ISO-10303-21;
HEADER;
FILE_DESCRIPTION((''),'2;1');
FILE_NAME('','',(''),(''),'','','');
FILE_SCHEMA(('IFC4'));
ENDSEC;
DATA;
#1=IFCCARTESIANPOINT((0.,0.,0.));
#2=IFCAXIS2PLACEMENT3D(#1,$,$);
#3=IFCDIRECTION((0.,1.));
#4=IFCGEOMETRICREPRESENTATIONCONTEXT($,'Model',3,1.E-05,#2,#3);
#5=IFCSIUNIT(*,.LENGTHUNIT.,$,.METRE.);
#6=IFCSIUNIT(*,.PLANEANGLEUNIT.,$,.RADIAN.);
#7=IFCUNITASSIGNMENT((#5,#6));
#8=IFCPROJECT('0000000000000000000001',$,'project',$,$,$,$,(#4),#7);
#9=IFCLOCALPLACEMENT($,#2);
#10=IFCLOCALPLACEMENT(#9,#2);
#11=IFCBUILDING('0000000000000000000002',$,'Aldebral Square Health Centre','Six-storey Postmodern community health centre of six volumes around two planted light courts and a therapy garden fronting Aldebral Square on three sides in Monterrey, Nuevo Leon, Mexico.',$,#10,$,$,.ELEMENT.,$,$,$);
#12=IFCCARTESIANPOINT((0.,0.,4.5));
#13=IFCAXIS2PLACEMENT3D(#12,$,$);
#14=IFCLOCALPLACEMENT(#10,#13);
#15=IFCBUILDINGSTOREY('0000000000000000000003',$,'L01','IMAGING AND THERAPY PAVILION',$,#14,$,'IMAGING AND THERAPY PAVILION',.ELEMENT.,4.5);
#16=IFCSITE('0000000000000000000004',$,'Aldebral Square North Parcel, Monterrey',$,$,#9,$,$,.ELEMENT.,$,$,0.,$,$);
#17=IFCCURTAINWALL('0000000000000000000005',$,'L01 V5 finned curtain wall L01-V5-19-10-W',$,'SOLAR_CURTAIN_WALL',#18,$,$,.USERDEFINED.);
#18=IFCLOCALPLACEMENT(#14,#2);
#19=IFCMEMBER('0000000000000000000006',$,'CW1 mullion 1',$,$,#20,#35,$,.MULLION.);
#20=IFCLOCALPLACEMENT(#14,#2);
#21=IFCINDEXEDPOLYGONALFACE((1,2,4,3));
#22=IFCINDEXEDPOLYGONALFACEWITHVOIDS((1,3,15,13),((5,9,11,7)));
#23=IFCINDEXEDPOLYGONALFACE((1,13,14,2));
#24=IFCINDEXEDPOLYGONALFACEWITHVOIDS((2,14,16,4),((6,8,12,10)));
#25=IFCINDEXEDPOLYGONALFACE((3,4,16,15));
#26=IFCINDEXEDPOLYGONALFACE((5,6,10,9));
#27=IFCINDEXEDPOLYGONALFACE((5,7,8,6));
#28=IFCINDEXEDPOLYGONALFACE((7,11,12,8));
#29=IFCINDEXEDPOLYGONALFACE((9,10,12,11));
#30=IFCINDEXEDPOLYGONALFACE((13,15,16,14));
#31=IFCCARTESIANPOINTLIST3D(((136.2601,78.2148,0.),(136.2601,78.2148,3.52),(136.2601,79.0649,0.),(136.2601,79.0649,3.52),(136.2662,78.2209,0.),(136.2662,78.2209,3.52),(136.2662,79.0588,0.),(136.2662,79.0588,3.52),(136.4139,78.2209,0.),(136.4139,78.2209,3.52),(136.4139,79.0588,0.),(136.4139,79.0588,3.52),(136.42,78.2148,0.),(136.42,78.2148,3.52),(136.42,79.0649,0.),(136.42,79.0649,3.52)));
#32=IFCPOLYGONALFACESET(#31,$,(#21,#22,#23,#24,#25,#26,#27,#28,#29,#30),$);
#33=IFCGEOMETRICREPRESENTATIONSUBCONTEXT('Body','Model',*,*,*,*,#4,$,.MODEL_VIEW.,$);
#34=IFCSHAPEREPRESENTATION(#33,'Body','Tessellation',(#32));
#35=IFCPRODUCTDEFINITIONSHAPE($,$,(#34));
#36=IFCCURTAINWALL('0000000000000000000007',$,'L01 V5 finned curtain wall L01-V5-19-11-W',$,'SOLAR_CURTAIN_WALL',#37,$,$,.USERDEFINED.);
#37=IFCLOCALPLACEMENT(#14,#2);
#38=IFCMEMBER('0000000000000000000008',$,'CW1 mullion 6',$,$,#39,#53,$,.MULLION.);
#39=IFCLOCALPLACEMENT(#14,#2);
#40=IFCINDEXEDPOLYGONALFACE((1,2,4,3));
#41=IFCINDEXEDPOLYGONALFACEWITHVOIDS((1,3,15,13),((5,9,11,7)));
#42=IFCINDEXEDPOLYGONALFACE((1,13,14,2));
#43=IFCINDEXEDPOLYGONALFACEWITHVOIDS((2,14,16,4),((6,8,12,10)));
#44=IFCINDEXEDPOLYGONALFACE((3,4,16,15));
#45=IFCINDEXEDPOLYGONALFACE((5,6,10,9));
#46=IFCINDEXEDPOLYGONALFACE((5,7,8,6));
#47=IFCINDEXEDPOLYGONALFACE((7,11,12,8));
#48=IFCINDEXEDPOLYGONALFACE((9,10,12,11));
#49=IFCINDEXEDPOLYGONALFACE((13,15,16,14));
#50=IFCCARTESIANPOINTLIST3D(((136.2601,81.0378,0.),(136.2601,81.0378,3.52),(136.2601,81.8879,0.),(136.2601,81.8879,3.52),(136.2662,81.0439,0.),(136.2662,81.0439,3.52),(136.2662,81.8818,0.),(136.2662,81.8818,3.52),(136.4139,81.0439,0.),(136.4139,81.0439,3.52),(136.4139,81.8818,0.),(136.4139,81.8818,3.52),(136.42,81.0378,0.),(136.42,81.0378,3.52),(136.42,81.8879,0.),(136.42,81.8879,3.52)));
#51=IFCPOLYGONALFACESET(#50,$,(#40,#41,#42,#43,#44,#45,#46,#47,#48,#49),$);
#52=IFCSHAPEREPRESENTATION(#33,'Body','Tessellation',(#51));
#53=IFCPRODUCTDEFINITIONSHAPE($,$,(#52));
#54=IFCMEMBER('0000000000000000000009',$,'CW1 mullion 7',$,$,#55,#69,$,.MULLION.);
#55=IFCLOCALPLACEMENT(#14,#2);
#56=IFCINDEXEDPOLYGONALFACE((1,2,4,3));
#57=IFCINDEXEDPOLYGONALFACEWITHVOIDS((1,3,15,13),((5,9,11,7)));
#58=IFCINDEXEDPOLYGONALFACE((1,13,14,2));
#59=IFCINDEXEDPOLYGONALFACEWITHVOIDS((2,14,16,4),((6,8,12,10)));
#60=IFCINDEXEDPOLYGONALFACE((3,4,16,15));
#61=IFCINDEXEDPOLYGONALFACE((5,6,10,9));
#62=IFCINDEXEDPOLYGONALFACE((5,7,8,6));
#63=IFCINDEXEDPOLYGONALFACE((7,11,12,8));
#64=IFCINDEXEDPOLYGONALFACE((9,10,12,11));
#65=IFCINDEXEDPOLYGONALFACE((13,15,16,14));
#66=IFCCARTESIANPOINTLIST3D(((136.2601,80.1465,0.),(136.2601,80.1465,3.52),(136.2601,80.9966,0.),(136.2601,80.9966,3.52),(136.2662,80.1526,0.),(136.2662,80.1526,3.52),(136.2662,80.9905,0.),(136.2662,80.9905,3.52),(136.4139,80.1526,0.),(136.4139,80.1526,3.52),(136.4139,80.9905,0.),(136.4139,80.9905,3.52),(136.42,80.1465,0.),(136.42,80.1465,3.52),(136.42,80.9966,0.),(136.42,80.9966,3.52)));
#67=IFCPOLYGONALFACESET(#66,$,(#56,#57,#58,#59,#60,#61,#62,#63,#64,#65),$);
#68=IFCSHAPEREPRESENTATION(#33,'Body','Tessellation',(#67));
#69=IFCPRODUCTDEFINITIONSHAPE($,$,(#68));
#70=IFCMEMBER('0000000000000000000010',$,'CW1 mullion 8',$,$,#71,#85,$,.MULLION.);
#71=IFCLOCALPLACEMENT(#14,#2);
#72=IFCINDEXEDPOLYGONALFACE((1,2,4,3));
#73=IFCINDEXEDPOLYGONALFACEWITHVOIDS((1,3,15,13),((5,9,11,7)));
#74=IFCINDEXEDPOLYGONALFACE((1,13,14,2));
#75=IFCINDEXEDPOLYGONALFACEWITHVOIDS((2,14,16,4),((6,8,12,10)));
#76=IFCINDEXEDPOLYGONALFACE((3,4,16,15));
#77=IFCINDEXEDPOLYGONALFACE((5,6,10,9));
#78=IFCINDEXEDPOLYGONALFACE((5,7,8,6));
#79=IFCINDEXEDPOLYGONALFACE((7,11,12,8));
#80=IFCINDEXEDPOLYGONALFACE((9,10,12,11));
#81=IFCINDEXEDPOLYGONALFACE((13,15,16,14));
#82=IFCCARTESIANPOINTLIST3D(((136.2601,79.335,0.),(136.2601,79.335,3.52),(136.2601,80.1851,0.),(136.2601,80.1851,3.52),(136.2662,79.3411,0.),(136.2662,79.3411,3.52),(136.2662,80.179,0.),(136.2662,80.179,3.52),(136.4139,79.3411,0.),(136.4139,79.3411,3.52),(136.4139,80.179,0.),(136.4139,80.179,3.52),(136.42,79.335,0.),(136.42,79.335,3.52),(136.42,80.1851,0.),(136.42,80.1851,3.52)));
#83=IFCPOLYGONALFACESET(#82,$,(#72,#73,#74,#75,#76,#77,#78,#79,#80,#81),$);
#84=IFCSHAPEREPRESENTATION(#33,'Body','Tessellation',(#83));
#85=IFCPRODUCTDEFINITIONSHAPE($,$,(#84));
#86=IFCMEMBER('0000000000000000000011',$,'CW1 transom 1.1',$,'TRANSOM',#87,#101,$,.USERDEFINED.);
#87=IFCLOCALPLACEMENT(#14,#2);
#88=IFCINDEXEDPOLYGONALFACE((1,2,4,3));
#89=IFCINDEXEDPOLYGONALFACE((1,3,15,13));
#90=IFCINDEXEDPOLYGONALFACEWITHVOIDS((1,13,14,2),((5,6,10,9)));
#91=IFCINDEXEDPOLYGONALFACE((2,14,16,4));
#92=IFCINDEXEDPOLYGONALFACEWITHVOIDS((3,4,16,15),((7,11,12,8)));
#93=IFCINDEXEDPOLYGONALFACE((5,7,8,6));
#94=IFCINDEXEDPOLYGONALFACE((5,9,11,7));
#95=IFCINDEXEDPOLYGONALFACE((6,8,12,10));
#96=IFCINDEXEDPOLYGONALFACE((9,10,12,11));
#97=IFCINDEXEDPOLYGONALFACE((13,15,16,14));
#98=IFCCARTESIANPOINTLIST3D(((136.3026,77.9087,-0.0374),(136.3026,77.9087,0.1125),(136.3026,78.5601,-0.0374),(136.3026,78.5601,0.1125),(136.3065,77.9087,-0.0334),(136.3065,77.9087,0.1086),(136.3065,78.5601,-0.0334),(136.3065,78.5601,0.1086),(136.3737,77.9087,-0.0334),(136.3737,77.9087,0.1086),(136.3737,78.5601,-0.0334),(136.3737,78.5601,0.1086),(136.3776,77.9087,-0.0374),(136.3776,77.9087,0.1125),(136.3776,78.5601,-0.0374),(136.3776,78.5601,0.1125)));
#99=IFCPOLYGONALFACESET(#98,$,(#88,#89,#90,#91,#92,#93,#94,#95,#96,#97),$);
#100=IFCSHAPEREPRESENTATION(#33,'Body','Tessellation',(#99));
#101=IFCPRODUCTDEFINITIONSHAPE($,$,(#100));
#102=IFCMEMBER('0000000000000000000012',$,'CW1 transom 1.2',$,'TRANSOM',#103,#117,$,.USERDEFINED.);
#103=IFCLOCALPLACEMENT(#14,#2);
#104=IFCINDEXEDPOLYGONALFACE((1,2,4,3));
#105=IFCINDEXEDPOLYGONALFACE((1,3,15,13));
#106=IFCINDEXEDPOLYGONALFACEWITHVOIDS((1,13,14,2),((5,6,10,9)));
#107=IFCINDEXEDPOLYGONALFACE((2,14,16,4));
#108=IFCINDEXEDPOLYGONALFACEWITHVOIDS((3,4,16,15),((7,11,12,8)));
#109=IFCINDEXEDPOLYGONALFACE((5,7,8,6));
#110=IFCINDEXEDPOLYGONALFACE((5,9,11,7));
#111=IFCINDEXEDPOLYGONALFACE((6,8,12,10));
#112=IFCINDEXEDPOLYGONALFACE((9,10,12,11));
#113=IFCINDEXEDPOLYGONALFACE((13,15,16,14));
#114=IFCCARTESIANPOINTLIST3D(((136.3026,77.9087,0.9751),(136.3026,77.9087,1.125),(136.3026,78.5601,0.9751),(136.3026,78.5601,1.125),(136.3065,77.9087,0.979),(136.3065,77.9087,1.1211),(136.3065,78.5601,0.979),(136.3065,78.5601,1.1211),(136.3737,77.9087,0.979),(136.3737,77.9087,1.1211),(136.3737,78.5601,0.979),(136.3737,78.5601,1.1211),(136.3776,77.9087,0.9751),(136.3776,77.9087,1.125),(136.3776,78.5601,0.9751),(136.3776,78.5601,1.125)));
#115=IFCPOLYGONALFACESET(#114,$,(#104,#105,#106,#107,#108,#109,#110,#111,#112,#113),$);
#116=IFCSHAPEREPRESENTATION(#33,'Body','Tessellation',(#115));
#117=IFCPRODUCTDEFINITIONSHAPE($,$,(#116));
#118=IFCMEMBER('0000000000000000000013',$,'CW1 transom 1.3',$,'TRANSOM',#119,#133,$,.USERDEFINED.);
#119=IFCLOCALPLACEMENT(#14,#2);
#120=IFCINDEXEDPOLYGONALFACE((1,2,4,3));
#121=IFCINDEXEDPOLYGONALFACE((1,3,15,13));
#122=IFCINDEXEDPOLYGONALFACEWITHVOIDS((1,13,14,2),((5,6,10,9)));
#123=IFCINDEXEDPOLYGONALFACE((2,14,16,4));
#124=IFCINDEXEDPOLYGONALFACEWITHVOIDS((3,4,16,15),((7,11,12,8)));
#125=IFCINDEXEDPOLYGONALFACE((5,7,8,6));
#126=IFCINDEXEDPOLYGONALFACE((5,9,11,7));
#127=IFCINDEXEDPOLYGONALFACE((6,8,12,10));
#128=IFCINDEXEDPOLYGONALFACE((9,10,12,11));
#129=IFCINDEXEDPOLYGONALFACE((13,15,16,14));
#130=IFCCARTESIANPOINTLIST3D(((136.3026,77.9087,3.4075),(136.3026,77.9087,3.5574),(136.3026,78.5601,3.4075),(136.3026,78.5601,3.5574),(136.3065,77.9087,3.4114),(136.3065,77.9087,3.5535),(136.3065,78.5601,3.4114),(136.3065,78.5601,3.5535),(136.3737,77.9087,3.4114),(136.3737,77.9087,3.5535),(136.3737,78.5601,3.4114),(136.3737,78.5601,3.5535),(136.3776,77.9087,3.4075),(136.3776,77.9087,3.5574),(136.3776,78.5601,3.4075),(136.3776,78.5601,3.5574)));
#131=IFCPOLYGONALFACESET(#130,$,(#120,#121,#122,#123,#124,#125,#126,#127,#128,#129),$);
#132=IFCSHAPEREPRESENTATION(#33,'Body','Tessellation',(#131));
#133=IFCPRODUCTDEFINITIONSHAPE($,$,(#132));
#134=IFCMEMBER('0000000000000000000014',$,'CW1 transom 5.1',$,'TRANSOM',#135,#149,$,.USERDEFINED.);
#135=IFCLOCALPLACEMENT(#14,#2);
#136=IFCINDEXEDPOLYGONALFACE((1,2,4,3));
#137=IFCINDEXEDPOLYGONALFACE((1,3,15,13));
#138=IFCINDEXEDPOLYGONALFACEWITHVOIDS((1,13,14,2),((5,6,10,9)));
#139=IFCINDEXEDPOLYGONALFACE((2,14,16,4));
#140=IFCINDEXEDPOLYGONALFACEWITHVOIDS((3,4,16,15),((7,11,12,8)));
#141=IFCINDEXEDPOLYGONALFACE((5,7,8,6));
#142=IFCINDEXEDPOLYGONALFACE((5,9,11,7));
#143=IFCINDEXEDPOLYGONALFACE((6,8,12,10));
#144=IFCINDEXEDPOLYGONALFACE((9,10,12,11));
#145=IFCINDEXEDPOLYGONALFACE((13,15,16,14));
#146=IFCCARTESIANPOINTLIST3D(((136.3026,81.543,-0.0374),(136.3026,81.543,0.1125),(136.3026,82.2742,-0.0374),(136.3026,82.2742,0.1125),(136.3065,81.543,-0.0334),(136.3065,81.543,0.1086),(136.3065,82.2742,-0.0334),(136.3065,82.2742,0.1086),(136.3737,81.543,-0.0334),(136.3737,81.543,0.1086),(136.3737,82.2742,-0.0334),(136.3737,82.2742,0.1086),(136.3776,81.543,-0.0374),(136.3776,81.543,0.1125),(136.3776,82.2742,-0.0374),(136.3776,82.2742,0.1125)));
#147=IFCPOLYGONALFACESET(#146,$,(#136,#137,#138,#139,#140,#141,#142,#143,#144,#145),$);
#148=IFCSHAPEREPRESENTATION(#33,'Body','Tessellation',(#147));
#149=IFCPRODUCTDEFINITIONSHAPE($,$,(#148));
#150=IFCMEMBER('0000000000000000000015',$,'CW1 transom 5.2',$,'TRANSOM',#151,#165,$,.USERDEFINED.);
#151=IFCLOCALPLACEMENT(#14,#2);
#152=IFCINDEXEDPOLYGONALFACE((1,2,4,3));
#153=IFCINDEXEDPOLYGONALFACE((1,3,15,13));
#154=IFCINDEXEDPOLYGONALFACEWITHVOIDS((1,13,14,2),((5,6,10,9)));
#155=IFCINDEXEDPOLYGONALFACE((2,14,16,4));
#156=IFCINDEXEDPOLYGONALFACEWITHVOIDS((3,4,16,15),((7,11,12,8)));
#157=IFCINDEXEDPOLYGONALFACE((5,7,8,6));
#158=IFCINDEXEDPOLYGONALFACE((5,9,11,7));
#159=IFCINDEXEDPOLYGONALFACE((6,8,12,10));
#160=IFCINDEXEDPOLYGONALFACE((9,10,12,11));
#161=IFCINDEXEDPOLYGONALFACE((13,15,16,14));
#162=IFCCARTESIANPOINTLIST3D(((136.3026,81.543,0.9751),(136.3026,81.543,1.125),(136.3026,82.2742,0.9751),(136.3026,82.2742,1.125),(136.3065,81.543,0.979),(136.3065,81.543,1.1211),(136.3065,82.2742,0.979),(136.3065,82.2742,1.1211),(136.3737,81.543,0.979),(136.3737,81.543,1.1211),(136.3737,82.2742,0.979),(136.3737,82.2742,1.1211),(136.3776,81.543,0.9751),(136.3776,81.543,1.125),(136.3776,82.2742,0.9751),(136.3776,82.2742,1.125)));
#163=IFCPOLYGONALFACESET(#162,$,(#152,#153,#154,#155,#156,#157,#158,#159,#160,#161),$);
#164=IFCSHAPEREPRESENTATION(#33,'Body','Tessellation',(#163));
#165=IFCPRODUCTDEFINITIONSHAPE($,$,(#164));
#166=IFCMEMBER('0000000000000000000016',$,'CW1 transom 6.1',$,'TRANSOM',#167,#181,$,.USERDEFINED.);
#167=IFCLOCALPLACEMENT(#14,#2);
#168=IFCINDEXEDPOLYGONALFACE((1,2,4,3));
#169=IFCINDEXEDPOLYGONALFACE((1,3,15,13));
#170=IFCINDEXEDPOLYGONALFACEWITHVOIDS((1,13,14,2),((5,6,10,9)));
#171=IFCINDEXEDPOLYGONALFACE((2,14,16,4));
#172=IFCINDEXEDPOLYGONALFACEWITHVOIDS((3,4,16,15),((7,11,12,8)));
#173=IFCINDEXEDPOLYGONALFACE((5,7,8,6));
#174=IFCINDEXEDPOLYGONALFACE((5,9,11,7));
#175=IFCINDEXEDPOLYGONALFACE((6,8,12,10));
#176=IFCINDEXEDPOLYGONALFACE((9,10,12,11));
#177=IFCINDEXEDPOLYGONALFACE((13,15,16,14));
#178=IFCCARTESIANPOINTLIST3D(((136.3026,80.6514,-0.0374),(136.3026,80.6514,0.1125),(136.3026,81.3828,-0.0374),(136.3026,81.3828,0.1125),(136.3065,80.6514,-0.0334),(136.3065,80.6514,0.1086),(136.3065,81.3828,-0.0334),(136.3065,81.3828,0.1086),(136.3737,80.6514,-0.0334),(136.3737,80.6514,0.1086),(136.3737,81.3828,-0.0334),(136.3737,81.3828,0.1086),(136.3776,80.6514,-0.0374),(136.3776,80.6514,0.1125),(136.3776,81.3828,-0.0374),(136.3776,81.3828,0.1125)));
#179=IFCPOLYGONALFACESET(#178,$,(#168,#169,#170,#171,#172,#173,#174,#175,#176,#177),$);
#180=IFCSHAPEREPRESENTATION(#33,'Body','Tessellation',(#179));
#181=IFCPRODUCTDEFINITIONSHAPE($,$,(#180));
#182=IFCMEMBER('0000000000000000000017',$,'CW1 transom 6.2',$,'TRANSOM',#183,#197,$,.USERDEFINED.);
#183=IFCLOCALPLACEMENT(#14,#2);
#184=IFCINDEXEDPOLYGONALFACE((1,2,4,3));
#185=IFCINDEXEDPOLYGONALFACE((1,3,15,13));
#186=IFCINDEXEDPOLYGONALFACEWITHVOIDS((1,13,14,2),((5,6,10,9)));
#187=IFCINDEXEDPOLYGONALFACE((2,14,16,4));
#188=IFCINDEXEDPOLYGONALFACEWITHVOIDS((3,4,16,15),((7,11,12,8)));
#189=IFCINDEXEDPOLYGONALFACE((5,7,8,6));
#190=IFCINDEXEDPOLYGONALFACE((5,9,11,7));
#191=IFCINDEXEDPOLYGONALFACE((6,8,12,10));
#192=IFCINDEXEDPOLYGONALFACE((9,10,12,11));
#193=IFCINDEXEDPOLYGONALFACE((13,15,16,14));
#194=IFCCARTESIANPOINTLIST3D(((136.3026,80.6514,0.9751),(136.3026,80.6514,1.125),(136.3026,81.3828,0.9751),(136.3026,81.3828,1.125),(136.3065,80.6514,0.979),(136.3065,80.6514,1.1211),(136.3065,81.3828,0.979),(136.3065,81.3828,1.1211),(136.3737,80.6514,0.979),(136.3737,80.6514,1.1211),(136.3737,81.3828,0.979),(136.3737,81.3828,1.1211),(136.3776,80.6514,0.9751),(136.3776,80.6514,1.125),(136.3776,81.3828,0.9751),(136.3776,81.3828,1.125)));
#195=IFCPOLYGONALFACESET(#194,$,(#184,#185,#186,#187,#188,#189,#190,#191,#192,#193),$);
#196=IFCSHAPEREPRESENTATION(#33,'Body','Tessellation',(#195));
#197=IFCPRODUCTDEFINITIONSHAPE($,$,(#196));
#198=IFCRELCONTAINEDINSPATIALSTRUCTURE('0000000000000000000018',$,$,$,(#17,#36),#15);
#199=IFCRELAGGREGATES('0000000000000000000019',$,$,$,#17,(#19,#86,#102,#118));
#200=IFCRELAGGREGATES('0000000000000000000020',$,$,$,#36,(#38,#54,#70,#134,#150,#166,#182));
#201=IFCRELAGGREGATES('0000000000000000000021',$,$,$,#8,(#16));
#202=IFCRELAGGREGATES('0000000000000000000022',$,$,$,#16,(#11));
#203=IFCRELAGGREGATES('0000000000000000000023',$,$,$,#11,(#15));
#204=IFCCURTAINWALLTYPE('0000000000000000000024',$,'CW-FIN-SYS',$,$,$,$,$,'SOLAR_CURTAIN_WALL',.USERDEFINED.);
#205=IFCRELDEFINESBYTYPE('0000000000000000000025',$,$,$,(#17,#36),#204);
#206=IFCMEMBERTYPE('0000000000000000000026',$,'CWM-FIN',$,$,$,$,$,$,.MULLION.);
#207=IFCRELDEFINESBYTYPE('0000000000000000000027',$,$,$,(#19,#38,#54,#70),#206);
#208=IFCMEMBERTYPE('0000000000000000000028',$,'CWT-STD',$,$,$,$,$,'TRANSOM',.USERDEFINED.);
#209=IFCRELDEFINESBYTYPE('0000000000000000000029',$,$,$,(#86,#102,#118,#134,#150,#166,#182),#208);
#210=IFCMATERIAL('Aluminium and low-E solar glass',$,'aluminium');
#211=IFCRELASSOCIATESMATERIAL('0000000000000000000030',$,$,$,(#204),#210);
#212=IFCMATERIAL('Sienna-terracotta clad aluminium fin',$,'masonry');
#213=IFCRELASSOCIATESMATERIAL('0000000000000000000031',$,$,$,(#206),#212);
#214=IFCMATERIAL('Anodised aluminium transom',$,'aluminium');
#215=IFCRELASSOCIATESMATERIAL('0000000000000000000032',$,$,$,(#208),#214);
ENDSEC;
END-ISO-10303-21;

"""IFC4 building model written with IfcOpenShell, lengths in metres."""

from ifc_helpers import new_model, si_unit, direction, frame, origin, origin_2d, place, context, subcontext, project, spatial, hollow_rectangle, extrude, material, material_profile, profile_set, type_object, element, aggregate, save


model = new_model("IFC4")

# Units and contexts
model_context = context("Model", 3, precision=1e-05, world=origin(), true_north=direction((0.0, 1.0)))
body_context = subcontext(model_context, "Body", "Model", "MODEL_VIEW")
ifc_project = project(units=[si_unit("LENGTHUNIT", "METRE"), si_unit("PLANEANGLEUNIT", "RADIAN")], contexts=[model_context])

# Site, building, storey
site_placement = place(None, origin())
site = spatial("IfcSite", under=ifc_project, at=site_placement, Name="Aldebral Square North Parcel, Monterrey", CompositionType="ELEMENT", RefElevation=0.0)
building_placement = place(site_placement, origin())
building = spatial("IfcBuilding", under=site, at=building_placement, Name="Aldebral Square Health Centre", Description="Six-storey Postmodern community health centre of six volumes around two planted light courts and a therapy garden fronting Aldebral Square on three sides in Monterrey, Nuevo Leon, Mexico.", CompositionType="ELEMENT")
storey_placement = place(building_placement, frame((0.0, 0.0, 4.5)))
storey = spatial("IfcBuildingStorey", under=building, at=storey_placement, Name="L01", Description="IMAGING AND THERAPY PAVILION", LongName="IMAGING AND THERAPY PAVILION", CompositionType="ELEMENT", Elevation=4.5)

# Curtain wall, member
ifc_material_1 = material(Name="Aluminium and low-E solar glass", Category="aluminium")
curtain_wall_type = type_object("IfcCurtainWallType", Name="CW-FIN-SYS", ElementType="SOLAR_CURTAIN_WALL", PredefinedType="USERDEFINED", material=ifc_material_1)
curtain_wall_1_placement = place(storey_placement, origin())
curtain_wall_1 = element("IfcCurtainWall", 1, at=curtain_wall_1_placement, inside=storey, type_object=curtain_wall_type, Name="L01 V5 finned curtain wall L01-V5-19-10-W", ObjectType="SOLAR_CURTAIN_WALL", PredefinedType="USERDEFINED")
ifc_material_2 = material(Name="Sienna-terracotta clad aluminium fin", Category="masonry")
ifc_material_profile_1 = material_profile(ifc_material_2, hollow_rectangle(XDim=0.1599, YDim=0.8501, WallThickness=0.0061, at=origin_2d()), Name="FIN 160x850x6")
ifc_profile_set_1 = profile_set([ifc_material_profile_1], Name="Sienna-terracotta clad aluminium fin")
member_type_1 = type_object("IfcMemberType", Name="CWM-FIN", PredefinedType="MULLION", material=ifc_profile_set_1)
member_1_placement = place(storey_placement, frame((136.3401, 78.6399, 0.0), z_axis=(0.0, 0.0, 1.0), x_axis=(1.0, 0.0, 0.0)))
member_1 = element("IfcMember", 2, at=member_1_placement, type_object=member_type_1, Name="CW1 mullion 1", PredefinedType="MULLION", context=body_context, shape_type="SweptSolid", body=[
    extrude(hollow_rectangle(XDim=0.1599, YDim=0.8501, WallThickness=0.0061, at=origin_2d()), origin(), (0.0, 0.0, 1.0), 3.52),
])

# Curtain wall, members
curtain_wall_2_placement = place(storey_placement, origin())
curtain_wall_2 = element("IfcCurtainWall", 3, at=curtain_wall_2_placement, inside=storey, type_object=curtain_wall_type, Name="L01 V5 finned curtain wall L01-V5-19-11-W", ObjectType="SOLAR_CURTAIN_WALL", PredefinedType="USERDEFINED")
member_2_placement = place(storey_placement, frame((136.3401, 81.4629, 0.0), z_axis=(0.0, 0.0, 1.0), x_axis=(1.0, 0.0, 0.0)))
member_2 = element("IfcMember", 4, at=member_2_placement, type_object=member_type_1, Name="CW1 mullion 6", PredefinedType="MULLION", context=body_context, shape_type="SweptSolid", body=[
    extrude(hollow_rectangle(XDim=0.1599, YDim=0.8501, WallThickness=0.0061, at=origin_2d()), origin(), (0.0, 0.0, 1.0), 3.52),
])
member_3_placement = place(storey_placement, frame((136.3401, 80.5715, 0.0), z_axis=(0.0, 0.0, 1.0), x_axis=(1.0, 0.0, 0.0)))
member_3 = element("IfcMember", 5, at=member_3_placement, type_object=member_type_1, Name="CW1 mullion 7", PredefinedType="MULLION", context=body_context, shape_type="SweptSolid", body=[
    extrude(hollow_rectangle(XDim=0.1599, YDim=0.8501, WallThickness=0.0061, at=origin_2d()), origin(), (0.0, 0.0, 1.0), 3.52),
])
member_4_placement = place(storey_placement, frame((136.3401, 79.76, 0.0), z_axis=(0.0, 0.0, 1.0), x_axis=(1.0, 0.0, 0.0)))
member_4 = element("IfcMember", 6, at=member_4_placement, type_object=member_type_1, Name="CW1 mullion 8", PredefinedType="MULLION", context=body_context, shape_type="SweptSolid", body=[
    extrude(hollow_rectangle(XDim=0.1599, YDim=0.8501, WallThickness=0.0061, at=origin_2d()), origin(), (0.0, 0.0, 1.0), 3.52),
])

# Members
ifc_material_3 = material(Name="Anodised aluminium transom", Category="aluminium")
ifc_material_profile_2 = material_profile(ifc_material_3, hollow_rectangle(XDim=0.075, YDim=0.1499, WallThickness=0.0039, at=origin_2d()), Name="CWT 75x150x4")
ifc_profile_set_2 = profile_set([ifc_material_profile_2], Name="Anodised aluminium transom")
member_type_2 = type_object("IfcMemberType", Name="CWT-STD", ElementType="TRANSOM", PredefinedType="USERDEFINED", material=ifc_profile_set_2)
member_5_placement = place(storey_placement, frame((136.3401, 78.5601, 0.0376), z_axis=(0.0, -1.0, 0.0), x_axis=(1.0, 0.0, 0.0)))
member_5 = element("IfcMember", 7, at=member_5_placement, type_object=member_type_2, Name="CW1 transom 1.1", ObjectType="TRANSOM", PredefinedType="USERDEFINED", context=body_context, shape_type="SweptSolid", body=[
    extrude(hollow_rectangle(XDim=0.075, YDim=0.1499, WallThickness=0.0039, at=origin_2d()), origin(), (0.0, 0.0, 1.0), 0.6514),
])
member_6_placement = place(storey_placement, frame((136.3401, 78.5601, 1.05), z_axis=(0.0, -1.0, 0.0), x_axis=(1.0, 0.0, 0.0)))
member_6 = element("IfcMember", 8, at=member_6_placement, type_object=member_type_2, Name="CW1 transom 1.2", ObjectType="TRANSOM", PredefinedType="USERDEFINED", context=body_context, shape_type="SweptSolid", body=[
    extrude(hollow_rectangle(XDim=0.075, YDim=0.1499, WallThickness=0.0039, at=origin_2d()), origin(), (0.0, 0.0, 1.0), 0.6514),
])
member_7_placement = place(storey_placement, frame((136.3401, 78.5601, 3.4824), z_axis=(0.0, -1.0, 0.0), x_axis=(1.0, 0.0, 0.0)))
member_7 = element("IfcMember", 9, at=member_7_placement, type_object=member_type_2, Name="CW1 transom 1.3", ObjectType="TRANSOM", PredefinedType="USERDEFINED", context=body_context, shape_type="SweptSolid", body=[
    extrude(hollow_rectangle(XDim=0.075, YDim=0.1499, WallThickness=0.0039, at=origin_2d()), origin(), (0.0, 0.0, 1.0), 0.6514),
])
aggregate(curtain_wall_1, [member_1, member_5, member_6, member_7])
member_8_placement = place(storey_placement, frame((136.3401, 82.2742, 0.0376), z_axis=(0.0, -1.0, 0.0), x_axis=(1.0, 0.0, 0.0)))
member_8 = element("IfcMember", 10, at=member_8_placement, type_object=member_type_2, Name="CW1 transom 5.1", ObjectType="TRANSOM", PredefinedType="USERDEFINED", context=body_context, shape_type="SweptSolid", body=[
    extrude(hollow_rectangle(XDim=0.075, YDim=0.1499, WallThickness=0.0039, at=origin_2d()), origin(), (0.0, 0.0, 1.0), 0.7312),
])
member_9_placement = place(storey_placement, frame((136.3401, 82.2742, 1.05), z_axis=(0.0, -1.0, 0.0), x_axis=(1.0, 0.0, 0.0)))
member_9 = element("IfcMember", 11, at=member_9_placement, type_object=member_type_2, Name="CW1 transom 5.2", ObjectType="TRANSOM", PredefinedType="USERDEFINED", context=body_context, shape_type="SweptSolid", body=[
    extrude(hollow_rectangle(XDim=0.075, YDim=0.1499, WallThickness=0.0039, at=origin_2d()), origin(), (0.0, 0.0, 1.0), 0.7312),
])
member_10_placement = place(storey_placement, frame((136.3401, 81.3828, 0.0376), z_axis=(0.0, -1.0, 0.0), x_axis=(1.0, 0.0, 0.0)))
member_10 = element("IfcMember", 12, at=member_10_placement, type_object=member_type_2, Name="CW1 transom 6.1", ObjectType="TRANSOM", PredefinedType="USERDEFINED", context=body_context, shape_type="SweptSolid", body=[
    extrude(hollow_rectangle(XDim=0.075, YDim=0.1499, WallThickness=0.0039, at=origin_2d()), origin(), (0.0, 0.0, 1.0), 0.7314),
])
member_11_placement = place(storey_placement, frame((136.3401, 81.3828, 1.05), z_axis=(0.0, -1.0, 0.0), x_axis=(1.0, 0.0, 0.0)))
member_11 = element("IfcMember", 13, at=member_11_placement, type_object=member_type_2, Name="CW1 transom 6.2", ObjectType="TRANSOM", PredefinedType="USERDEFINED", context=body_context, shape_type="SweptSolid", body=[
    extrude(hollow_rectangle(XDim=0.075, YDim=0.1499, WallThickness=0.0039, at=origin_2d()), origin(), (0.0, 0.0, 1.0), 0.7314),
])

aggregate(curtain_wall_2, [member_2, member_3, member_4, member_8, member_9, member_10, member_11])

save(model, "model.ifc")
